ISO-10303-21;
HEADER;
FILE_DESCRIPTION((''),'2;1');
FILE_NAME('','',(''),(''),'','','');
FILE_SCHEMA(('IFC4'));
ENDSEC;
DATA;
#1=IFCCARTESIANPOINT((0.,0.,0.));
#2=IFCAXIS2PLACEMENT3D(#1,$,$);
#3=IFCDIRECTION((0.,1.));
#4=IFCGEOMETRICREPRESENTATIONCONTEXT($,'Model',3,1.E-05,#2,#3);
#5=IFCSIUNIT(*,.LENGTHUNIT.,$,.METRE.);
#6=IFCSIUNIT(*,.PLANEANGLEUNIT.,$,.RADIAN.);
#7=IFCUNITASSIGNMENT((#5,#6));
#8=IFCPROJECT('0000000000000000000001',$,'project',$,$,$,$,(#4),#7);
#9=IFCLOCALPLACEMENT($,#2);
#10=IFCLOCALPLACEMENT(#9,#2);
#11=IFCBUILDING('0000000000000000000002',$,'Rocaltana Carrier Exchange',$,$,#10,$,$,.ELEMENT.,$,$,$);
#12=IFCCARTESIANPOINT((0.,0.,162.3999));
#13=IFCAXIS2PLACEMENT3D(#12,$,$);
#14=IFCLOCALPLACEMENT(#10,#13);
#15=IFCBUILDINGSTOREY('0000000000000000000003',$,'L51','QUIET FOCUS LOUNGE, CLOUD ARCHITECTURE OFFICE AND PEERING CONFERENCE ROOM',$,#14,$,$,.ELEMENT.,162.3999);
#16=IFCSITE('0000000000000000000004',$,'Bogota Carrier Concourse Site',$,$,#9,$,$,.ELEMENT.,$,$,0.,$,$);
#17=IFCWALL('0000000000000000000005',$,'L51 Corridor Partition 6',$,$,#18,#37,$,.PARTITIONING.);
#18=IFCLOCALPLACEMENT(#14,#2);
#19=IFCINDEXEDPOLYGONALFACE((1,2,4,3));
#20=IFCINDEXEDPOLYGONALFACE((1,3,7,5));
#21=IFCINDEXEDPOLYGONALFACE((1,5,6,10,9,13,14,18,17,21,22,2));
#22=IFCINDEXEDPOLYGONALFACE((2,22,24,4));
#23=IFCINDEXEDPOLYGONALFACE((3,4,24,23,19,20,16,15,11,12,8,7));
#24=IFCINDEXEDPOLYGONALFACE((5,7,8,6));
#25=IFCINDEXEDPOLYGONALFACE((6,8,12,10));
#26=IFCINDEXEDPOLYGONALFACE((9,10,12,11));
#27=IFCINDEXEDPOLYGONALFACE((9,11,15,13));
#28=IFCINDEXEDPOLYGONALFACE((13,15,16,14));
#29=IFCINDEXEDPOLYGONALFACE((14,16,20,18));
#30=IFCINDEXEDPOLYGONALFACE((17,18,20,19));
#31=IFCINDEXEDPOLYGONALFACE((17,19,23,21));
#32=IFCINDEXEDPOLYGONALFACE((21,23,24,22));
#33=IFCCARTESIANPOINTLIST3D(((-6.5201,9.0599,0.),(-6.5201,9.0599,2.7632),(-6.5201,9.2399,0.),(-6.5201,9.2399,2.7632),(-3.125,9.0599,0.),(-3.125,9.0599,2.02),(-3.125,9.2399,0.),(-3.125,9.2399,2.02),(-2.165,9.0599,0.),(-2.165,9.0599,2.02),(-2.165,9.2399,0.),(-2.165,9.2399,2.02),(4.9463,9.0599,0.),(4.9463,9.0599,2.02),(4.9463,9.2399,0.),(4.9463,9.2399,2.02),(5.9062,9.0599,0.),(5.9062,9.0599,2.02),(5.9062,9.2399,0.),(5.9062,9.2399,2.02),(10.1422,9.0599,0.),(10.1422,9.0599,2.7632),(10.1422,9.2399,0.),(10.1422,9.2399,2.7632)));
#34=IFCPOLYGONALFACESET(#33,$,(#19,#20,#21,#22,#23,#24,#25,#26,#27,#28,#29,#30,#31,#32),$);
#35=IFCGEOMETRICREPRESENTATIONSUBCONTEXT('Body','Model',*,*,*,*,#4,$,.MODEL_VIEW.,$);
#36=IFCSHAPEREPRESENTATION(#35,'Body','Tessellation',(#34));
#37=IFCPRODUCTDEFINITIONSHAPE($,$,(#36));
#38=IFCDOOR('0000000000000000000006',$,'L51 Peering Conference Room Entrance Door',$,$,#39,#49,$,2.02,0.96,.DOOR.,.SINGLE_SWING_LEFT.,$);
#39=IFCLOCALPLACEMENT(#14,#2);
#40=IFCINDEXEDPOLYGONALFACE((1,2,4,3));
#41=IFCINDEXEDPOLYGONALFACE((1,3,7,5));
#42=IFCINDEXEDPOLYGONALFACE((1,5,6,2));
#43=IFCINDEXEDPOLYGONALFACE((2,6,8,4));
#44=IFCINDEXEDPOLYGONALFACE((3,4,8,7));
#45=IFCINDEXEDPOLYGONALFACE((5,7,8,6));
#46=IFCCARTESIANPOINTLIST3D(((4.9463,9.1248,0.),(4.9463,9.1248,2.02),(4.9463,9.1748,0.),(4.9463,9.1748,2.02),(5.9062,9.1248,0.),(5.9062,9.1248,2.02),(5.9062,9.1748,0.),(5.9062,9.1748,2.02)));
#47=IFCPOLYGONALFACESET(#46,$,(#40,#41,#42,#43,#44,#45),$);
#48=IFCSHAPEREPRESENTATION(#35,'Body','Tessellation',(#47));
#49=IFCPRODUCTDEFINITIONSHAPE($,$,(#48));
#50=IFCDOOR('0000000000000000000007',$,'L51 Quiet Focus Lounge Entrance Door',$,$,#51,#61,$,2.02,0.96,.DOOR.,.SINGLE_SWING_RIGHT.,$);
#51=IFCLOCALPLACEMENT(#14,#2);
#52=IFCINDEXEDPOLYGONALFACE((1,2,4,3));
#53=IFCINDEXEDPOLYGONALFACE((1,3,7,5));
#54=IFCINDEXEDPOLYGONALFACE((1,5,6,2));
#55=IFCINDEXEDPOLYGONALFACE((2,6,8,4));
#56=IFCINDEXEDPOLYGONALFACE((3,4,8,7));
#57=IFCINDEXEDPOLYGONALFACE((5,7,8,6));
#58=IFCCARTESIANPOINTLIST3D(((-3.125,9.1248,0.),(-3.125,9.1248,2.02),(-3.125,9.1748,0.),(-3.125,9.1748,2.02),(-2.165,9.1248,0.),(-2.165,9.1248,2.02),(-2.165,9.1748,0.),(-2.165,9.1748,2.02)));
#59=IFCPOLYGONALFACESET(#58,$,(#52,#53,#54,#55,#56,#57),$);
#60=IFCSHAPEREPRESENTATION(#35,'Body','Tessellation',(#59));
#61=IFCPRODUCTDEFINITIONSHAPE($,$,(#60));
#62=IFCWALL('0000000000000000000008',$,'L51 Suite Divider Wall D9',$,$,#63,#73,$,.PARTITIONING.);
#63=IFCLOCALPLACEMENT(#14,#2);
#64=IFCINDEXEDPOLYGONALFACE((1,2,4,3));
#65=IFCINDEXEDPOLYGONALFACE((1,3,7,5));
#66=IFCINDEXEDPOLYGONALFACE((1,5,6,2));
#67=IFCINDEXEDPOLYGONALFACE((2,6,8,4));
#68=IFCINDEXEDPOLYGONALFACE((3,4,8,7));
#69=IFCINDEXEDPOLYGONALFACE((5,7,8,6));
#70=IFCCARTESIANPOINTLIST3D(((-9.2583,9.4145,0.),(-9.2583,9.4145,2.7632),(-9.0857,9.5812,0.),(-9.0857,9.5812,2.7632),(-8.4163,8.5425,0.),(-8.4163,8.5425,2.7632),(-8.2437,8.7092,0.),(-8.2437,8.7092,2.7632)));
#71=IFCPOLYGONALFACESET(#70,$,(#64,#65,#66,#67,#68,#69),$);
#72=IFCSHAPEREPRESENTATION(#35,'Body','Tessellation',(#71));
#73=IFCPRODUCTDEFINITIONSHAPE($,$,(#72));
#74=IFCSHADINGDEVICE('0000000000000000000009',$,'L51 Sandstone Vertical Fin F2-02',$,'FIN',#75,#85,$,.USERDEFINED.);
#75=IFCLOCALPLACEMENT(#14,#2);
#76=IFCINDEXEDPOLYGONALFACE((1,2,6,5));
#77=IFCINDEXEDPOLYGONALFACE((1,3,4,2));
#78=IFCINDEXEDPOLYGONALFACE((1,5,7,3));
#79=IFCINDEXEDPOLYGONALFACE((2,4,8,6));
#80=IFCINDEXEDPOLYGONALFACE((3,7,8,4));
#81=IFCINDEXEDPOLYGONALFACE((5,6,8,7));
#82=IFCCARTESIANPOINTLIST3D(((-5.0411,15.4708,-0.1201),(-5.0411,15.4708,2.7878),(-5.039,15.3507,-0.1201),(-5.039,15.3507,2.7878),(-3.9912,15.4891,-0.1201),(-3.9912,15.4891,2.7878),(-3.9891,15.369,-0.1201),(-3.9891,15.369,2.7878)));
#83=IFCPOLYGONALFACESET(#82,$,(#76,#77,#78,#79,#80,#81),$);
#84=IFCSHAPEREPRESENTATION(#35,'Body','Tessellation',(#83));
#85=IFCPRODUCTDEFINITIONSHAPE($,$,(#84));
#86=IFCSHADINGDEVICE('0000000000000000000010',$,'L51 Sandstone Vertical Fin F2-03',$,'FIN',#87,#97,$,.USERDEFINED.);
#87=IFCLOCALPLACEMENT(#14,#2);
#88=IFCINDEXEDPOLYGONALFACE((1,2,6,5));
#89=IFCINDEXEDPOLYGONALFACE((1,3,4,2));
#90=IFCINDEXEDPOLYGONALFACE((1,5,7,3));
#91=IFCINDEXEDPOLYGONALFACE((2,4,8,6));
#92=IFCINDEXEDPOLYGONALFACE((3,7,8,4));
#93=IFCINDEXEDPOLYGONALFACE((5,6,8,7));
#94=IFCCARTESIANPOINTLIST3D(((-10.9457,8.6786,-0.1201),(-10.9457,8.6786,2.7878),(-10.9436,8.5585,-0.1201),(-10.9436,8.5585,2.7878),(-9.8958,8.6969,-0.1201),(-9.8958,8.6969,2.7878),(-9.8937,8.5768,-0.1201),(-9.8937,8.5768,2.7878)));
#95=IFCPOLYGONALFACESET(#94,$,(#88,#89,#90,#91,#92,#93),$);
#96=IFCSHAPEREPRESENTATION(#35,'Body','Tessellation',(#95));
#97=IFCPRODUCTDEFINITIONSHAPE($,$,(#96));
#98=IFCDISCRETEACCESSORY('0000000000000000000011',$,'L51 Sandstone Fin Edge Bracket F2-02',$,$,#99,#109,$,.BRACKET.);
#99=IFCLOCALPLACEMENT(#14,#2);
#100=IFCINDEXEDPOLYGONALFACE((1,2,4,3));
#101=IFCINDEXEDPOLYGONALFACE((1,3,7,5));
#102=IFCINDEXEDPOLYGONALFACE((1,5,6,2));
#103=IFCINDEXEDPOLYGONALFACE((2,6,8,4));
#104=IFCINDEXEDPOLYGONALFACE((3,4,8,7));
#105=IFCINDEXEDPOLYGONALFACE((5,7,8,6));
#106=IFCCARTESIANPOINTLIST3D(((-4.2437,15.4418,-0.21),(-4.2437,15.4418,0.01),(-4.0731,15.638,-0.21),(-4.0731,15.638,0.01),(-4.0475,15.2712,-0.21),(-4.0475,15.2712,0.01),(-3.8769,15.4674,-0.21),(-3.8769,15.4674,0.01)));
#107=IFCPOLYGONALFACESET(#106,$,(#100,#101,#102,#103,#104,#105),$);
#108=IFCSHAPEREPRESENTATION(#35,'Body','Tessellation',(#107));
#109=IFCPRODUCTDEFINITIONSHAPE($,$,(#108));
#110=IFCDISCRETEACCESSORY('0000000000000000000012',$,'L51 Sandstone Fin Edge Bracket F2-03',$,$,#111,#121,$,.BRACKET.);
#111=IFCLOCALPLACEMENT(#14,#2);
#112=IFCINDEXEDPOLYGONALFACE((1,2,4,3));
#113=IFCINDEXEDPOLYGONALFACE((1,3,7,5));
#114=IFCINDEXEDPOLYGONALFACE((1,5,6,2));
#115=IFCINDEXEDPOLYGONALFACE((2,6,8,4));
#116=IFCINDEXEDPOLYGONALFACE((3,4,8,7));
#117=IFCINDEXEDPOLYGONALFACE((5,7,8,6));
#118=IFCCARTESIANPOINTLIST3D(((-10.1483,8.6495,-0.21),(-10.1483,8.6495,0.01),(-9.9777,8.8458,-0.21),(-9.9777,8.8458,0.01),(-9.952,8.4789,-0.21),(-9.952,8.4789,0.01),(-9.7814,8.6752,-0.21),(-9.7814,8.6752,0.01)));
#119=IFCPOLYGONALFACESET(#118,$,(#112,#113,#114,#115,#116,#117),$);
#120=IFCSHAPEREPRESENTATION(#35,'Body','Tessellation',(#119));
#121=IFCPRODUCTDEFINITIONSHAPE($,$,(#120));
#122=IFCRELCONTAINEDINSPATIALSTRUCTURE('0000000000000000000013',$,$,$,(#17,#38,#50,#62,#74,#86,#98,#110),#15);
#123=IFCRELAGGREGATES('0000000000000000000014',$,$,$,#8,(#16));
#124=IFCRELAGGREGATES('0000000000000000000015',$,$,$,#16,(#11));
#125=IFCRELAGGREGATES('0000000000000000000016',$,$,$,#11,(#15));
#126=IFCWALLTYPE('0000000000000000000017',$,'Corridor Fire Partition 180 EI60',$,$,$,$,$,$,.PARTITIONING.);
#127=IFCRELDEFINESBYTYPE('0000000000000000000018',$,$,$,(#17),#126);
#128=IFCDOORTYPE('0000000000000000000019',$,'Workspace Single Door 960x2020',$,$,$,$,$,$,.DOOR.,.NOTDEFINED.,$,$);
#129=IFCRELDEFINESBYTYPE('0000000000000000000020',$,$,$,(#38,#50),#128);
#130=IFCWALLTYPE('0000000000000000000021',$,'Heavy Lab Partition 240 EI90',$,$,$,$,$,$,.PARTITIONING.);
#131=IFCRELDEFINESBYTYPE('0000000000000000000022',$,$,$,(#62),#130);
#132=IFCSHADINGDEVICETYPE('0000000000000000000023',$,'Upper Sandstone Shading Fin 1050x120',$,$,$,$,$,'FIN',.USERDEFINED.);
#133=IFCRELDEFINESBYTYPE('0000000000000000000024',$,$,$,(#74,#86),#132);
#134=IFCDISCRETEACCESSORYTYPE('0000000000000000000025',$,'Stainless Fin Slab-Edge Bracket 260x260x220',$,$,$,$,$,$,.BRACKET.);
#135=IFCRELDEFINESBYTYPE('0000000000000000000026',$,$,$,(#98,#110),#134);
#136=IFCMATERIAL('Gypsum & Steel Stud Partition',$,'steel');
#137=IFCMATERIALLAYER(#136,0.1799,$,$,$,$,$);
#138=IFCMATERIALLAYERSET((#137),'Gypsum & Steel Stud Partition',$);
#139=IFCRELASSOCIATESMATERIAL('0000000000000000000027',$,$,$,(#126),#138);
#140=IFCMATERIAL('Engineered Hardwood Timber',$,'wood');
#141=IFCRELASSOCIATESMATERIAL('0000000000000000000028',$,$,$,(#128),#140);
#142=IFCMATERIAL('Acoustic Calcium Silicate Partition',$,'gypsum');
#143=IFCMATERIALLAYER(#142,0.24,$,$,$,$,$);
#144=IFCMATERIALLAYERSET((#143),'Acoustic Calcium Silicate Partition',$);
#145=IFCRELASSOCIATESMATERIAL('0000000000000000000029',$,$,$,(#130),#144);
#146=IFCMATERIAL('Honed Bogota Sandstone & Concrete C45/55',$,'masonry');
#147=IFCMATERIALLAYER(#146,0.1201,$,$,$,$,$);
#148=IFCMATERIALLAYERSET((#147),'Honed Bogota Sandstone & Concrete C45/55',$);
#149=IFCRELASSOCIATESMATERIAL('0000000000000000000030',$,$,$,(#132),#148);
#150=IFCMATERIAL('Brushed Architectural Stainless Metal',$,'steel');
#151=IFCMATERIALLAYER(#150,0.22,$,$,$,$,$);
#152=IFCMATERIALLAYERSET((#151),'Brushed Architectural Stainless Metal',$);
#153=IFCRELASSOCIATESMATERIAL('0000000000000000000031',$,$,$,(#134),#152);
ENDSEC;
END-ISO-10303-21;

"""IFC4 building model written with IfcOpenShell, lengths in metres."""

from ifc_helpers import new_model, si_unit, direction, frame, frame_2d, origin, origin_2d, place, context, subcontext, project, spatial, rectangle, extrude, material, layer, layer_set, type_object, element, fill, save


model = new_model("IFC4")

# Units and contexts
model_context = context("Model", 3, precision=1e-05, world=origin(), true_north=direction((0.0, 1.0)))
body_context = subcontext(model_context, "Body", "Model", "MODEL_VIEW")
ifc_project = project(units=[si_unit("LENGTHUNIT", "METRE"), si_unit("PLANEANGLEUNIT", "RADIAN")], contexts=[model_context])

# Site, building, storey
site_placement = place(None, origin())
site = spatial("IfcSite", under=ifc_project, at=site_placement, Name="Bogota Carrier Concourse Site", CompositionType="ELEMENT", RefElevation=0.0)
building_placement = place(site_placement, origin())
building = spatial("IfcBuilding", under=site, at=building_placement, Name="Rocaltana Carrier Exchange", CompositionType="ELEMENT")
storey_placement = place(building_placement, frame((0.0, 0.0, 162.3999)))
storey = spatial("IfcBuildingStorey", under=building, at=storey_placement, Name="L51", Description="QUIET FOCUS LOUNGE, CLOUD ARCHITECTURE OFFICE AND PEERING CONFERENCE ROOM", CompositionType="ELEMENT", Elevation=162.3999)

# Shared definitions
ifc_material_1 = material(Name="Gypsum & Steel Stud Partition", Category="steel")
ifc_layer_1 = layer(ifc_material_1, 0.1799)
ifc_layer_set_1 = layer_set([ifc_layer_1], Name="Gypsum & Steel Stud Partition")
wall_type_1 = type_object("IfcWallType", Name="Corridor Fire Partition 180 EI60", PredefinedType="PARTITIONING", material=ifc_layer_set_1)

# Wall, openings, doors
wall_1_placement = place(storey_placement, frame((-6.52, 9.1499, 0.0), z_axis=(0.0, 0.0, 1.0), x_axis=(1.0, 0.0, 0.0)))
wall_1 = element("IfcWall", 1, at=wall_1_placement, inside=storey, type_object=wall_type_1, Name="L51 Corridor Partition 6", PredefinedType="PARTITIONING", context=body_context, shape_type="SweptSolid", body=[
    extrude(rectangle(XDim=16.6624, YDim=0.1799, at=frame_2d((8.3311, 0.0))), origin(), (0.0, 0.0, 1.0), 2.7632),
])
opening_1_placement = place(wall_1_placement, frame((11.4663, 0.0, 0.0)))
opening_1 = element("IfcOpeningElement", 2, at=opening_1_placement, cuts=wall_1, PredefinedType="OPENING", context=body_context, shape_type="SweptSolid", body=[
    extrude(rectangle(XDim=0.96, YDim=2.02, at=frame_2d((0.48, 1.01))), frame((0.0, 0.0999, 0.0), z_axis=(0.0, -1.0, 0.0), x_axis=(1.0, 0.0, 0.0)), (0.0, 0.0, 1.0), 0.2),
])
opening_2_placement = place(wall_1_placement, frame((3.395, 0.0, 0.0)))
opening_2 = element("IfcOpeningElement", 3, at=opening_2_placement, cuts=wall_1, PredefinedType="OPENING", context=body_context, shape_type="SweptSolid", body=[
    extrude(rectangle(XDim=0.96, YDim=2.02, at=frame_2d((0.48, 1.01))), frame((0.0, 0.0999, 0.0), z_axis=(0.0, -1.0, 0.0), x_axis=(1.0, 0.0, 0.0)), (0.0, 0.0, 1.0), 0.2),
])
ifc_material_2 = material(Name="Engineered Hardwood Timber", Category="wood")
door_type = type_object("IfcDoorType", Name="Workspace Single Door 960x2020", OperationType="NOTDEFINED", PredefinedType="DOOR", material=ifc_material_2)
door_1_placement = place(opening_1_placement, origin())
door_1 = element("IfcDoor", 4, at=door_1_placement, inside=storey, type_object=door_type, Name="L51 Peering Conference Room Entrance Door", OperationType="SINGLE_SWING_LEFT", OverallHeight=2.02, OverallWidth=0.96, PredefinedType="DOOR", context=body_context, shape_type="SweptSolid", body=[
    extrude(rectangle(XDim=0.96, YDim=2.02, at=frame_2d((0.48, 1.01))), frame((0.0, 0.0249, 0.0), z_axis=(0.0, -1.0, 0.0), x_axis=(1.0, 0.0, 0.0)), (0.0, 0.0, 1.0), 0.05),
])
fill(opening_1, door_1)
door_2_placement = place(opening_2_placement, origin())
door_2 = element("IfcDoor", 5, at=door_2_placement, inside=storey, type_object=door_type, Name="L51 Quiet Focus Lounge Entrance Door", OperationType="SINGLE_SWING_RIGHT", OverallHeight=2.02, OverallWidth=0.96, PredefinedType="DOOR", context=body_context, shape_type="SweptSolid", body=[
    extrude(rectangle(XDim=0.96, YDim=2.02, at=frame_2d((0.48, 1.01))), frame((0.0, 0.0249, 0.0), z_axis=(0.0, -1.0, 0.0), x_axis=(1.0, 0.0, 0.0)), (0.0, 0.0, 1.0), 0.05),
])
fill(opening_2, door_2)

# Wall
ifc_material_3 = material(Name="Acoustic Calcium Silicate Partition", Category="gypsum")
ifc_layer_2 = layer(ifc_material_3, 0.24)
ifc_layer_set_2 = layer_set([ifc_layer_2], Name="Acoustic Calcium Silicate Partition")
wall_type_2 = type_object("IfcWallType", Name="Heavy Lab Partition 240 EI90", PredefinedType="PARTITIONING", material=ifc_layer_set_2)
wall_2_placement = place(storey_placement, frame((-8.3301, 8.626, 0.0), z_axis=(0.0, 0.0, 1.0), x_axis=(-0.694612, 0.719384, 0.0)))
element("IfcWall", 6, at=wall_2_placement, inside=storey, type_object=wall_type_2, Name="L51 Suite Divider Wall D9", PredefinedType="PARTITIONING", context=body_context, shape_type="SweptSolid", body=[
    extrude(rectangle(XDim=1.2122, YDim=0.24, at=frame_2d((0.606, 0.0))), origin(), (0.0, 0.0, 1.0), 2.7632),
])

# Shading devices
ifc_material_4 = material(Name="Honed Bogota Sandstone & Concrete C45/55", Category="masonry")
ifc_layer_3 = layer(ifc_material_4, 0.1201)
ifc_layer_set_3 = layer_set([ifc_layer_3], Name="Honed Bogota Sandstone & Concrete C45/55")
shading_device_type = type_object("IfcShadingDeviceType", Name="Upper Sandstone Shading Fin 1050x120", ElementType="FIN", PredefinedType="USERDEFINED", material=ifc_layer_set_3)
for number, where, z_axis, x_axis, name in (
    (7, (-4.5151, 15.4199, -0.1201), (0.0, 0.0, 1.0), (-0.999848, -0.017452, 0.0), "L51 Sandstone Vertical Fin F2-02"),
    (8, (-10.4197, 8.6277, -0.1201), (0.0, 0.0, 1.0), (-0.999848, -0.017452, 0.0), "L51 Sandstone Vertical Fin F2-03"),
):
    element("IfcShadingDevice", number, at=place(storey_placement, frame(where, z_axis=z_axis, x_axis=x_axis)), inside=storey, type_object=shading_device_type, Name=name, ObjectType="FIN", PredefinedType="USERDEFINED", context=body_context, shape_type="SweptSolid", body=[
        extrude(rectangle(XDim=1.05, YDim=0.1201, at=origin_2d()), origin(), (0.0, 0.0, 1.0), 2.908),
    ])

# Discrete accessories
ifc_material_5 = material(Name="Brushed Architectural Stainless Metal", Category="steel")
ifc_layer_4 = layer(ifc_material_5, 0.22)
ifc_layer_set_4 = layer_set([ifc_layer_4], Name="Brushed Architectural Stainless Metal")
discrete_accessory_type = type_object("IfcDiscreteAccessoryType", Name="Stainless Fin Slab-Edge Bracket 260x260x220", PredefinedType="BRACKET", material=ifc_layer_set_4)
for number, where, z_axis, x_axis, name in (
    (9, (-4.0603, 15.4546, -0.21), (0.0, 0.0, 1.0), (-0.656059, -0.75471, 0.0), "L51 Sandstone Fin Edge Bracket F2-02"),
    (10, (-9.9648, 8.6624, -0.21), (0.0, 0.0, 1.0), (-0.656059, -0.75471, 0.0), "L51 Sandstone Fin Edge Bracket F2-03"),
):
    element("IfcDiscreteAccessory", number, at=place(storey_placement, frame(where, z_axis=z_axis, x_axis=x_axis)), inside=storey, type_object=discrete_accessory_type, Name=name, PredefinedType="BRACKET", context=body_context, shape_type="SweptSolid", body=[
        extrude(rectangle(XDim=0.26, YDim=0.26, at=origin_2d()), origin(), (0.0, 0.0, 1.0), 0.22),
    ])

save(model, "model.ifc")
